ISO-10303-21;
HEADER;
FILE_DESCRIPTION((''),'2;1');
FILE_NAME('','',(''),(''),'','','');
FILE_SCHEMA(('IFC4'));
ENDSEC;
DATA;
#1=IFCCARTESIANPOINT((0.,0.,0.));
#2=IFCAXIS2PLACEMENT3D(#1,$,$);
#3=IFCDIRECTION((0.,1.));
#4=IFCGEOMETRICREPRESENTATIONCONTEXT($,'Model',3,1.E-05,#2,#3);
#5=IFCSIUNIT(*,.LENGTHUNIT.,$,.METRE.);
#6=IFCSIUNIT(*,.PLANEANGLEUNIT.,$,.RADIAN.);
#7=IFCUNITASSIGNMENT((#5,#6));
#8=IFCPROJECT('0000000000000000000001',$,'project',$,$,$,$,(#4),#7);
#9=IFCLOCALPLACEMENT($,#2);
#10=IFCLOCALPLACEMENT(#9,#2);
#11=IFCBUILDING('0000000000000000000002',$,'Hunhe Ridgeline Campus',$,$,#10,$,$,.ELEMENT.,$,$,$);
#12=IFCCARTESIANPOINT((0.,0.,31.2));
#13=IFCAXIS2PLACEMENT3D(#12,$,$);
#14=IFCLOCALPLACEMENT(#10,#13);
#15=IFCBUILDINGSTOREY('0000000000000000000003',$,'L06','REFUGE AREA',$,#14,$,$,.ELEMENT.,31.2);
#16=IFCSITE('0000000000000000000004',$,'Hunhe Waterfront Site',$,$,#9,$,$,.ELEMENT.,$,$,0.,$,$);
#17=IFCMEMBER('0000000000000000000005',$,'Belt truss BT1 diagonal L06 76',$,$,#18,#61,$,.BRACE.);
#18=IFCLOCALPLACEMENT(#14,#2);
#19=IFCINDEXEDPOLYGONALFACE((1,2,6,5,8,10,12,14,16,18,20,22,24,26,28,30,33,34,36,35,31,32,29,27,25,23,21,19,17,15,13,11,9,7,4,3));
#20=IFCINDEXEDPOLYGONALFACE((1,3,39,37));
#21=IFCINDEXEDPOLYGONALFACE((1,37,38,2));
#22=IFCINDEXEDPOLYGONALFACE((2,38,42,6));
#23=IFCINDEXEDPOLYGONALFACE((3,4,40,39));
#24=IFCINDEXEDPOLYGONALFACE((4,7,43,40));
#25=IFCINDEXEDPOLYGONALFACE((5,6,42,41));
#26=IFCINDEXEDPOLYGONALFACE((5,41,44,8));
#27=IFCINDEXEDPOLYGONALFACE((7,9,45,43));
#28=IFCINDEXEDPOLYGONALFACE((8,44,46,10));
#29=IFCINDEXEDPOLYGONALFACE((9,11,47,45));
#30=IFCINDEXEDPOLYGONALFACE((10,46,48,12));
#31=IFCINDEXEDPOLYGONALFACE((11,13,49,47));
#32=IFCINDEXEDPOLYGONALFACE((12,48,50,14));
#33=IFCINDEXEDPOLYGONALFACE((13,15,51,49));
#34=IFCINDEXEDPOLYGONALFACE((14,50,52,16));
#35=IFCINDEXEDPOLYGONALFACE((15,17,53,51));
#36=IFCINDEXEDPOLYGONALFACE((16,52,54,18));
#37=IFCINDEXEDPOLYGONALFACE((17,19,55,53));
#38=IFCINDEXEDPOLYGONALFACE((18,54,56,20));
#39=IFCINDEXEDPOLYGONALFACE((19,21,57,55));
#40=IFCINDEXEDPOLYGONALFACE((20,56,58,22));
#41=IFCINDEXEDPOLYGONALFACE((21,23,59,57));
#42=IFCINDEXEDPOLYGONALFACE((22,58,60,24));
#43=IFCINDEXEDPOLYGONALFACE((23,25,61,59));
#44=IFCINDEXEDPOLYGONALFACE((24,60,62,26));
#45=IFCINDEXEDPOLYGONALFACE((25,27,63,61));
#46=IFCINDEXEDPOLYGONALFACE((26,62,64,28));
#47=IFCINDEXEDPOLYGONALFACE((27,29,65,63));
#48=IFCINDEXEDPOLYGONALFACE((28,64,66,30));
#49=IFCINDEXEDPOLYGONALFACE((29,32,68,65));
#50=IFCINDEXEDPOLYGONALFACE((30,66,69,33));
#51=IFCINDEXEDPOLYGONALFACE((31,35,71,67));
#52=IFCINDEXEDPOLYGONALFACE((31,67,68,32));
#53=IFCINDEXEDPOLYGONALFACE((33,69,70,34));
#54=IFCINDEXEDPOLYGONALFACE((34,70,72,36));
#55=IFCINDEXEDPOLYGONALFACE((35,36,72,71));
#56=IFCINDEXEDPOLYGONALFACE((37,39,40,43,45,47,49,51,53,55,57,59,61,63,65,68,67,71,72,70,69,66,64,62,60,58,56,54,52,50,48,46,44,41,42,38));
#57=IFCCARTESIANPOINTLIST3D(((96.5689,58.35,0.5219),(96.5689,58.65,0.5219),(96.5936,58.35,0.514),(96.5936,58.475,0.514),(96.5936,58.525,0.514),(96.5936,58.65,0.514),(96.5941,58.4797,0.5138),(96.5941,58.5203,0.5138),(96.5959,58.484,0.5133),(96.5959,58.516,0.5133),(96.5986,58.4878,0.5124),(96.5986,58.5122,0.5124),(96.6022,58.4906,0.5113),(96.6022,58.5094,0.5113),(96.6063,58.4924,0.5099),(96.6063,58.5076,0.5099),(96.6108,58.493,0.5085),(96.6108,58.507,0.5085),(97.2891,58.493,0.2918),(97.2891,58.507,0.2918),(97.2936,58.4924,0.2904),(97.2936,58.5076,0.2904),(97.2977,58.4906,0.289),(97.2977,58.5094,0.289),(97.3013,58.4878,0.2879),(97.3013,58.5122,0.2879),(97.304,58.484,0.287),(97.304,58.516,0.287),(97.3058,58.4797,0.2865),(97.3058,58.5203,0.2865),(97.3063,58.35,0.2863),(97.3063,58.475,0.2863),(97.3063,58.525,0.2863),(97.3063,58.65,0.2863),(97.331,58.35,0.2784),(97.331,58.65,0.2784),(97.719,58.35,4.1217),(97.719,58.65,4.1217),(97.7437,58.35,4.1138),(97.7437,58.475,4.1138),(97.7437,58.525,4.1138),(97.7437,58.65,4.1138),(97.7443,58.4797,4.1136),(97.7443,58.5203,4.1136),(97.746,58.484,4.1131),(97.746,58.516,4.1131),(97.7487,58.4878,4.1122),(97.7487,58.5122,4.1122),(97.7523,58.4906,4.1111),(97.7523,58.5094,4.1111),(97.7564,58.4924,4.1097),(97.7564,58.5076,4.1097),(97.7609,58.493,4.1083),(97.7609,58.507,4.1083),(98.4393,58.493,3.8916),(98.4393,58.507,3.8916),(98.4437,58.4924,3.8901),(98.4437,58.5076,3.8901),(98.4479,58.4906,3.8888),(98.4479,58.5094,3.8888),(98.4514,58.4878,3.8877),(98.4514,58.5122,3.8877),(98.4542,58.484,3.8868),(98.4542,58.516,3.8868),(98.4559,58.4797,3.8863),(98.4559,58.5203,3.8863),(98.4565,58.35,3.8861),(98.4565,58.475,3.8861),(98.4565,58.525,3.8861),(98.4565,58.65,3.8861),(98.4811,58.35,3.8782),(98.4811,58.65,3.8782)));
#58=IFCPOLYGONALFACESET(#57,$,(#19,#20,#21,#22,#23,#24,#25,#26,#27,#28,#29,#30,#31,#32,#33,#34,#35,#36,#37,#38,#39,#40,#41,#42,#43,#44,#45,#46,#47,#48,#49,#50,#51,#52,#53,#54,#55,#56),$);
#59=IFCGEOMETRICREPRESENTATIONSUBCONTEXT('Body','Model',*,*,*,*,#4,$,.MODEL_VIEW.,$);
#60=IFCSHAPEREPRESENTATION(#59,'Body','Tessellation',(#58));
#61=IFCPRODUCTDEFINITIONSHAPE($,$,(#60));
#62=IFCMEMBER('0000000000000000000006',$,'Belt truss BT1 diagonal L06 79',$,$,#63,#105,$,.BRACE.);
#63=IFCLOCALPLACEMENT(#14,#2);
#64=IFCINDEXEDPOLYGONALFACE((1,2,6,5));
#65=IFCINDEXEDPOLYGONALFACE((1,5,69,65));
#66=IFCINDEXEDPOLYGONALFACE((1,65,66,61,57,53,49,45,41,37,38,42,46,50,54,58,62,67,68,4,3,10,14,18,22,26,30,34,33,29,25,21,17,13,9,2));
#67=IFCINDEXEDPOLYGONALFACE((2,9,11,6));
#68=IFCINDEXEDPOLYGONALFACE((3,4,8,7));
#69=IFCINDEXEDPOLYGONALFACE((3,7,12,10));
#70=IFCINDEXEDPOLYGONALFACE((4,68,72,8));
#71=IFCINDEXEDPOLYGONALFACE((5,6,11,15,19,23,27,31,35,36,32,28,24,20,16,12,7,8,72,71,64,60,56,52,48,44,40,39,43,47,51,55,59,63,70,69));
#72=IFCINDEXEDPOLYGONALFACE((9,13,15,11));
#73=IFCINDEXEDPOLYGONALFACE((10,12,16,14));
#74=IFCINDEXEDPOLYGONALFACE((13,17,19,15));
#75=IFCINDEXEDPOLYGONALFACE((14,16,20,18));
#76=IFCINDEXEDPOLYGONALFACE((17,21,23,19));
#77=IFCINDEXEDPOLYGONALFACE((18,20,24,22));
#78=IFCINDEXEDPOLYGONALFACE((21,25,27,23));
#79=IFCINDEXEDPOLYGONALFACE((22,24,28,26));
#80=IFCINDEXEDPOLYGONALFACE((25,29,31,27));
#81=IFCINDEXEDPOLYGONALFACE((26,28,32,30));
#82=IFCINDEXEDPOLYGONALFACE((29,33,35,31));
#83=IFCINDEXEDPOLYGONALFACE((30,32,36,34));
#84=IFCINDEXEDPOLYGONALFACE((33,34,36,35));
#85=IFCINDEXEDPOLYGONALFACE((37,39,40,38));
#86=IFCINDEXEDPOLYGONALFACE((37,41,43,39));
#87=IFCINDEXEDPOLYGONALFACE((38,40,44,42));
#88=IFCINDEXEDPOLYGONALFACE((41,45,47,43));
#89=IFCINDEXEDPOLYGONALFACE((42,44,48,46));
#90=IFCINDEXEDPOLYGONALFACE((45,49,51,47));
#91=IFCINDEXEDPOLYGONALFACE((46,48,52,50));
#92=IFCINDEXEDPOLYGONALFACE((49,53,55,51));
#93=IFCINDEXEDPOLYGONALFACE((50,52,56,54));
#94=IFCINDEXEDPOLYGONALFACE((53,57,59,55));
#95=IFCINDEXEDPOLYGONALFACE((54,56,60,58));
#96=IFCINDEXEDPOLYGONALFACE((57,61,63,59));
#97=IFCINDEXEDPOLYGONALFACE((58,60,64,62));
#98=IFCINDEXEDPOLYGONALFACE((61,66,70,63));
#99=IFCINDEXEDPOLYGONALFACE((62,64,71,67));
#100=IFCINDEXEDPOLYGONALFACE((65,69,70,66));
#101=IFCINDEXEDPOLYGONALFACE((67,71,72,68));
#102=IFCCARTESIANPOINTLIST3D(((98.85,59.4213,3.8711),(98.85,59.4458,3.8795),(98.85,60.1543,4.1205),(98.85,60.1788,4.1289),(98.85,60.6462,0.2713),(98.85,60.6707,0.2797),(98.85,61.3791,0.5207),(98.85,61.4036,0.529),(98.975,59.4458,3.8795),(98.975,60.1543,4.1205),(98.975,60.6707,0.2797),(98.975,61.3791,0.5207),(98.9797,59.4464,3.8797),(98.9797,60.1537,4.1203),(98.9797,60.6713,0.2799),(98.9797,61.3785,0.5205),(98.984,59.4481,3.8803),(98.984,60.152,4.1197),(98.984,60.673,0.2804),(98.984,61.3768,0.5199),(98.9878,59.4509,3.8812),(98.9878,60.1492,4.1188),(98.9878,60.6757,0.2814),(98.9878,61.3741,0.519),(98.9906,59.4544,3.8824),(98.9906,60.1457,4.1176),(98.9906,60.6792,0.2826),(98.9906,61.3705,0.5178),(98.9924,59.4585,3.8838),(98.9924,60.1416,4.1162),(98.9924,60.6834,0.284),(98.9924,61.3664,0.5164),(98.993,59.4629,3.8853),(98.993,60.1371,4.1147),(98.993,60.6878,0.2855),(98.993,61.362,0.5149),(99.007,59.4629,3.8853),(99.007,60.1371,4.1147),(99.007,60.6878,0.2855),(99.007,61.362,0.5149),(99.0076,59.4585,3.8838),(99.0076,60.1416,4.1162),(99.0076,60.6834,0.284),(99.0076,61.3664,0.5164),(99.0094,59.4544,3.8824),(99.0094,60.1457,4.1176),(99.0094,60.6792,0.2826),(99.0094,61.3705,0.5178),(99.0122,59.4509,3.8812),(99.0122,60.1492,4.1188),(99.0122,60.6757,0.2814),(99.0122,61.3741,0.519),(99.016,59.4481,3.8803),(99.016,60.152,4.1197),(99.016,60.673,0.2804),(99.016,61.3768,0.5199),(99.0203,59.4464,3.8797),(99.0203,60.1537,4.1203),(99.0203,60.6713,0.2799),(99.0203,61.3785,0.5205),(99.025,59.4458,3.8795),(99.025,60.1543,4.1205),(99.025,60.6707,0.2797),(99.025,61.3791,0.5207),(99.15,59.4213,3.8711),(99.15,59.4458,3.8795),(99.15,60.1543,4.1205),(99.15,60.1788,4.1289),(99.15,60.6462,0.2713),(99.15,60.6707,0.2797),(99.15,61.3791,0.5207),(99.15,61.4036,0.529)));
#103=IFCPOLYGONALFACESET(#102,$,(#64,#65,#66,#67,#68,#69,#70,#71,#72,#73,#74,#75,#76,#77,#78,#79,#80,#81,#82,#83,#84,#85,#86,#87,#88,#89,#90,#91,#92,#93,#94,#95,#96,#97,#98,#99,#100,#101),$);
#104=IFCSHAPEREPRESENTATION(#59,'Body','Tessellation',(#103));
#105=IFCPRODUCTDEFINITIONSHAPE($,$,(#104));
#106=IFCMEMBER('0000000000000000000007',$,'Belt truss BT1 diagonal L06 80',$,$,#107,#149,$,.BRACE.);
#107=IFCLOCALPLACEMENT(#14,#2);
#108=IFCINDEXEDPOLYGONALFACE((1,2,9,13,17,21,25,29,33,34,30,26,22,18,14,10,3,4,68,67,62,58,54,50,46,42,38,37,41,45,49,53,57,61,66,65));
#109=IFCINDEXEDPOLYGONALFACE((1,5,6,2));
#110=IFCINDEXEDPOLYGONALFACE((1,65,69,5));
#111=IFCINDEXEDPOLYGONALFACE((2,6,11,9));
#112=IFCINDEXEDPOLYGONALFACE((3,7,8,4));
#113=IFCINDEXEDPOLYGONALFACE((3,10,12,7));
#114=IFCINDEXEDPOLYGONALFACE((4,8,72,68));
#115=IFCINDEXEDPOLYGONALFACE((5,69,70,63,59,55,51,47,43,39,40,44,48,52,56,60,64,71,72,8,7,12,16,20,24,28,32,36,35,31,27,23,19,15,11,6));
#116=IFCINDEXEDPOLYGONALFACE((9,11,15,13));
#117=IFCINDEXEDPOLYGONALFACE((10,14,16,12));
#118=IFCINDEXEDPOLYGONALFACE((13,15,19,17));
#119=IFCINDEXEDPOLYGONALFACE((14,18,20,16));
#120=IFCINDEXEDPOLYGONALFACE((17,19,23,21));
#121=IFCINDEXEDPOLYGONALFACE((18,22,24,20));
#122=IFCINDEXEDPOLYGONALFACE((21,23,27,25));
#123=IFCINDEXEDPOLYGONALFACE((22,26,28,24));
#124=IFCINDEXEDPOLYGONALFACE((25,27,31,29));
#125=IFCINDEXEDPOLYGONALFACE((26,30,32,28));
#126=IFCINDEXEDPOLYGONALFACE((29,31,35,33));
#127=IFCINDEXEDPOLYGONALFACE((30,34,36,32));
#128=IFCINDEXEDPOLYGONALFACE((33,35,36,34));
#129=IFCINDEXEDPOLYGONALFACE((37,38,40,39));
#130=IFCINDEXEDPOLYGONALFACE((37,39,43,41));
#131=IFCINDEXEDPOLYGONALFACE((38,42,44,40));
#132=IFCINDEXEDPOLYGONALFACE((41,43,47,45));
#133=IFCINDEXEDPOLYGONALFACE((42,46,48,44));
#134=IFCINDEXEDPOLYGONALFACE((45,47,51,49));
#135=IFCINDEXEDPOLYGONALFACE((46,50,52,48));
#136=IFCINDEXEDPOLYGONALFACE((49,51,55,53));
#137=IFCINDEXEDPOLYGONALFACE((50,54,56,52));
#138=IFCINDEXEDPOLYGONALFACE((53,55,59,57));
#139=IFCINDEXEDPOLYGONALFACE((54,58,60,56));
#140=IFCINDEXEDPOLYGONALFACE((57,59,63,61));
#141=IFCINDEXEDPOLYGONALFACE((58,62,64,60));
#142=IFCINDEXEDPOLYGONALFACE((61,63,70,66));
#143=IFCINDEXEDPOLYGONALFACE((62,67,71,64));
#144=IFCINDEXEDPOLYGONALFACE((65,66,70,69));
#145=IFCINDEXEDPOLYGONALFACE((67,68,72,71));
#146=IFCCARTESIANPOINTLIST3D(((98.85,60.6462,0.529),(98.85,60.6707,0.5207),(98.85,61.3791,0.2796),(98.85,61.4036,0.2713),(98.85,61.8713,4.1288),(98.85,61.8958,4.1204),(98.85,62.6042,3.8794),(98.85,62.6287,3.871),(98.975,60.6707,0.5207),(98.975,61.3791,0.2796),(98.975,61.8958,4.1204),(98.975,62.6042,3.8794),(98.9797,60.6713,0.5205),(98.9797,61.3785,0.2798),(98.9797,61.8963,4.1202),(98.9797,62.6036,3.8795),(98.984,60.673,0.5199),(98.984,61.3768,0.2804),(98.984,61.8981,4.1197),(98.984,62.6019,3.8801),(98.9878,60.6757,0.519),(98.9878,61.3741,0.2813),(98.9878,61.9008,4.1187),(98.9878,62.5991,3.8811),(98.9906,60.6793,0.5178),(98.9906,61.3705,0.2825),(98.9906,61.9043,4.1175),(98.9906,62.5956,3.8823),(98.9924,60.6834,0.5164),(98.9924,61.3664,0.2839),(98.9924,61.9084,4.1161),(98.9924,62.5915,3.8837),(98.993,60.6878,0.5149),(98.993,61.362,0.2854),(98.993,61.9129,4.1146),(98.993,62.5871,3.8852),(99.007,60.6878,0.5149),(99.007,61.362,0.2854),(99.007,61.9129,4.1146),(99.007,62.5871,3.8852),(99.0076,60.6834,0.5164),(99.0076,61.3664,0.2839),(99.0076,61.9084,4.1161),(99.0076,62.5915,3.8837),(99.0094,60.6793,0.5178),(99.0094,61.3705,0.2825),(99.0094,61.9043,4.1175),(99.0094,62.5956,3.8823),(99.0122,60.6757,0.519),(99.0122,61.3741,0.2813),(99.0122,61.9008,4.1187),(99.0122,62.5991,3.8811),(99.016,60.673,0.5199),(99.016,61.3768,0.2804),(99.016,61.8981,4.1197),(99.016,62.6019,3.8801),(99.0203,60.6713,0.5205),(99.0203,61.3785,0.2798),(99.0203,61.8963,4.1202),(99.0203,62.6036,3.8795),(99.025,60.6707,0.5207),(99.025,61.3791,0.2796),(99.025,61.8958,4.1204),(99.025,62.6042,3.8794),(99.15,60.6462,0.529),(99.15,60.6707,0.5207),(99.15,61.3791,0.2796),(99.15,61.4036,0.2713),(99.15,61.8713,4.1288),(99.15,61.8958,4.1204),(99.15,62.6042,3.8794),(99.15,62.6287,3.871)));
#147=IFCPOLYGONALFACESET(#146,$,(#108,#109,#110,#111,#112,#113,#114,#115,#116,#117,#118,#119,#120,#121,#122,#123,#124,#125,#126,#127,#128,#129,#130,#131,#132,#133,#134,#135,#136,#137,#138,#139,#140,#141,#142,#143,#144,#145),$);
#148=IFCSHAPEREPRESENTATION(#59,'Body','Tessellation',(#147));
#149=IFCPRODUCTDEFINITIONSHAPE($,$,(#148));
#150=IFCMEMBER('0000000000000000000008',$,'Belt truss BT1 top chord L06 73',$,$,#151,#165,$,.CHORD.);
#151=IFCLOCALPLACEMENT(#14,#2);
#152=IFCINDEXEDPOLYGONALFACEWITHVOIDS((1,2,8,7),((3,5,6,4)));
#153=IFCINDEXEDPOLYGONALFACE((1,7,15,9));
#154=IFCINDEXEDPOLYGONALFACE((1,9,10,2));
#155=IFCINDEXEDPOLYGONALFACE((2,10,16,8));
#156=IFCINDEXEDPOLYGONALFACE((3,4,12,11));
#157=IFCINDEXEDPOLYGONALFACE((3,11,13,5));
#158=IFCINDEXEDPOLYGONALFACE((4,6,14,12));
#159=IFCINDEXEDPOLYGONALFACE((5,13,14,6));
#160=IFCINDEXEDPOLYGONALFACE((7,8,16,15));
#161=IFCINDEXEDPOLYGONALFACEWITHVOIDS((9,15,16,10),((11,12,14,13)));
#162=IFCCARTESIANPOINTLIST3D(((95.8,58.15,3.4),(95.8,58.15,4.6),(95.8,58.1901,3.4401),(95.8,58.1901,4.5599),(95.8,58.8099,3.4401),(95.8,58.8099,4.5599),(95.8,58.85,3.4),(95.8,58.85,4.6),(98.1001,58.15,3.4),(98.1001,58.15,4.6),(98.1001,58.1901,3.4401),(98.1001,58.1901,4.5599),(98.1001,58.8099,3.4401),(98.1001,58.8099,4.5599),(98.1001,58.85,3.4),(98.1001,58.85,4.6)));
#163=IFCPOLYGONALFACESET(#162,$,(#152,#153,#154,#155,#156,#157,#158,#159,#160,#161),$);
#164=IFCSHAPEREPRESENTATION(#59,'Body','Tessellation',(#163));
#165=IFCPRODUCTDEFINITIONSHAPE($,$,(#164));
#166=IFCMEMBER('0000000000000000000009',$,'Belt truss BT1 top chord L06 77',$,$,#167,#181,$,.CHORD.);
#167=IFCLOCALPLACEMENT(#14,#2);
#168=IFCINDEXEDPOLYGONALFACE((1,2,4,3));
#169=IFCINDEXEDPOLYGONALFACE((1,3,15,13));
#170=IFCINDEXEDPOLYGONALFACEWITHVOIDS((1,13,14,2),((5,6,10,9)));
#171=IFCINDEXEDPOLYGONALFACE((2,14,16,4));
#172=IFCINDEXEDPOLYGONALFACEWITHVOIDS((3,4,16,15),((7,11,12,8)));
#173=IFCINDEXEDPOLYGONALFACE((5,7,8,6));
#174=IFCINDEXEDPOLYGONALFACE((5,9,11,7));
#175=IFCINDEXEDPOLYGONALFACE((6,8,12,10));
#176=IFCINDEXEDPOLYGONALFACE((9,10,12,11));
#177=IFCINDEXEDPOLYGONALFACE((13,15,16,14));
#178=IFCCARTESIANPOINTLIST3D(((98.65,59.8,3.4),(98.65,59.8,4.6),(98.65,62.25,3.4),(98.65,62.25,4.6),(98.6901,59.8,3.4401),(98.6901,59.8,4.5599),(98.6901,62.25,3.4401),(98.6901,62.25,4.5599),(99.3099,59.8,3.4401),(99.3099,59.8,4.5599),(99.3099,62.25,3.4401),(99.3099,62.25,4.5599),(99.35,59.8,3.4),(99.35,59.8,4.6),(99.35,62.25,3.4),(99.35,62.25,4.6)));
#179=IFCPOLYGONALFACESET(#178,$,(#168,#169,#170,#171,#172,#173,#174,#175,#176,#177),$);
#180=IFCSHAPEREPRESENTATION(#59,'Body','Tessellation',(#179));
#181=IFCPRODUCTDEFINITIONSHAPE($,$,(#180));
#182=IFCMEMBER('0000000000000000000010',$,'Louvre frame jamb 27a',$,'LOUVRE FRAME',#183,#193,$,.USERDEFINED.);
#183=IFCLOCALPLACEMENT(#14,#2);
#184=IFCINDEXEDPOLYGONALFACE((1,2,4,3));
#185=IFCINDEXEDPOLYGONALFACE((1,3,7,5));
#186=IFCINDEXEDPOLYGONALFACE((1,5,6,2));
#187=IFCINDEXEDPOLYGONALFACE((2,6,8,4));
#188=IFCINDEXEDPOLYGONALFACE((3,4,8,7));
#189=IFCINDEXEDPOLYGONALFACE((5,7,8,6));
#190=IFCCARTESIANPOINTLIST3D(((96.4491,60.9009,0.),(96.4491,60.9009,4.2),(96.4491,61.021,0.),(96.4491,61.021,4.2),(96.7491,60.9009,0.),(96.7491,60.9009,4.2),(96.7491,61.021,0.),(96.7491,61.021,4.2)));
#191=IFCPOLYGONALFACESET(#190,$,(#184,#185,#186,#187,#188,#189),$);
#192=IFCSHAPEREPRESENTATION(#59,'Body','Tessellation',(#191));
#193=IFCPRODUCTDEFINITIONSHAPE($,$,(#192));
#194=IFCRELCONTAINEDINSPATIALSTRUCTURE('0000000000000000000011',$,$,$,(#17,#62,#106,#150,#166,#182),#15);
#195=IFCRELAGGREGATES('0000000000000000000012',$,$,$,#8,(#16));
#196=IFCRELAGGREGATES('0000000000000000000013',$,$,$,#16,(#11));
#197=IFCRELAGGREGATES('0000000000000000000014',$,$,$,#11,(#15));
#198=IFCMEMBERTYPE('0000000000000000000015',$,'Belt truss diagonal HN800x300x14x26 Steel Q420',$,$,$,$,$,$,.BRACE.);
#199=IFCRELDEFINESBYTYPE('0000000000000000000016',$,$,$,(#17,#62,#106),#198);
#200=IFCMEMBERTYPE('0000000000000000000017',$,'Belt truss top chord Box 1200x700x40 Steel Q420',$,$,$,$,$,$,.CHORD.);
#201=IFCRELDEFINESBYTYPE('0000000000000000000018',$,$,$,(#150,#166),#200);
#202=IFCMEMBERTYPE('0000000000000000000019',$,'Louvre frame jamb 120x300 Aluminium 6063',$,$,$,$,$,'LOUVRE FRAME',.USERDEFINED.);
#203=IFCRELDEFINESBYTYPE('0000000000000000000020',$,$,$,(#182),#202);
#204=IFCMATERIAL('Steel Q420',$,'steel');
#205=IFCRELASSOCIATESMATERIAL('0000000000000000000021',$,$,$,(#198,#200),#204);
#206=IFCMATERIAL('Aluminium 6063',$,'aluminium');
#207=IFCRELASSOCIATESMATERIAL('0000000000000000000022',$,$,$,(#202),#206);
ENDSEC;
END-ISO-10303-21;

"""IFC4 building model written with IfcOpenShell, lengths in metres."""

from ifc_helpers import new_model, si_unit, direction, frame, origin, origin_2d, place, context, subcontext, project, spatial, rectangle, hollow_rectangle, i_section, extrude, material, material_profile, profile_set, type_object, element, save


model = new_model("IFC4")

# Units and contexts
model_context = context("Model", 3, precision=1e-05, world=origin(), true_north=direction((0.0, 1.0)))
body_context = subcontext(model_context, "Body", "Model", "MODEL_VIEW")
ifc_project = project(units=[si_unit("LENGTHUNIT", "METRE"), si_unit("PLANEANGLEUNIT", "RADIAN")], contexts=[model_context])

# Site, building, storey
site_placement = place(None, origin())
site = spatial("IfcSite", under=ifc_project, at=site_placement, Name="Hunhe Waterfront Site", CompositionType="ELEMENT", RefElevation=0.0)
building_placement = place(site_placement, origin())
building = spatial("IfcBuilding", under=site, at=building_placement, Name="Hunhe Ridgeline Campus", CompositionType="ELEMENT")
storey_placement = place(building_placement, frame((0.0, 0.0, 31.2)))
storey = spatial("IfcBuildingStorey", under=building, at=storey_placement, Name="L06", Description="REFUGE AREA", CompositionType="ELEMENT", Elevation=31.2)

# Members
ifc_material_1 = material(Name="Steel Q420", Category="steel")
ifc_material_profile_1 = material_profile(ifc_material_1, i_section(OverallWidth=0.3, OverallDepth=0.8, WebThickness=0.0139, FlangeThickness=0.0259, FilletRadius=0.0181, at=origin_2d()))
ifc_profile_set_1 = profile_set([ifc_material_profile_1], Name="Steel Q420")
member_type_1 = type_object("IfcMemberType", Name="Belt truss diagonal HN800x300x14x26 Steel Q420", PredefinedType="BRACE", material=ifc_profile_set_1)
for number, where, z_axis, x_axis, name in (
    (1, (96.95, 58.5, 0.4001), (0.304342, 0.0, 0.952563), (0.0, 1.0, 0.0), "Belt truss BT1 diagonal L06 76"),
):
    element("IfcMember", number, at=place(storey_placement, frame(where, z_axis=z_axis, x_axis=x_axis)), inside=storey, type_object=member_type_1, Name=name, PredefinedType="BRACE", context=body_context, shape_type="SweptSolid", body=[
        extrude(i_section(OverallWidth=0.3, OverallDepth=0.8, WebThickness=0.0139, FlangeThickness=0.0259, FilletRadius=0.0181, at=origin_2d()), origin(), (0.0, 0.0, 1.0), 3.7791),
    ])
for number, where, z_axis, x_axis, name in (
    (2, (99.0, 59.8, 4.0), (0.0, 0.322116, -0.9467), (-1.0, 0.0, 0.0), "Belt truss BT1 diagonal L06 79"),
    (3, (99.0, 61.0249, 0.4001), (0.0, 0.322173, 0.946681), (-1.0, 0.0, 0.0), "Belt truss BT1 diagonal L06 80"),
):
    element("IfcMember", number, at=place(storey_placement, frame(where, z_axis=z_axis, x_axis=x_axis)), inside=storey, type_object=member_type_1, Name=name, PredefinedType="BRACE", context=body_context, shape_type="SweptSolid", body=[
        extrude(i_section(OverallWidth=0.3, OverallDepth=0.8, WebThickness=0.0139, FlangeThickness=0.0259, FilletRadius=0.0181, at=origin_2d()), origin(), (0.0, 0.0, 1.0), 3.8025),
    ])
ifc_material_profile_2 = material_profile(ifc_material_1, hollow_rectangle(XDim=0.7, YDim=1.2, WallThickness=0.04, at=origin_2d()))
ifc_profile_set_2 = profile_set([ifc_material_profile_2], Name="Steel Q420")
member_type_2 = type_object("IfcMemberType", Name="Belt truss top chord Box 1200x700x40 Steel Q420", PredefinedType="CHORD", material=ifc_profile_set_2)
member_1_placement = place(storey_placement, frame((95.8, 58.5, 4.0), z_axis=(1.0, 0.0, 0.0), x_axis=(0.0, 1.0, 0.0)))
element("IfcMember", 4, at=member_1_placement, inside=storey, type_object=member_type_2, Name="Belt truss BT1 top chord L06 73", PredefinedType="CHORD", context=body_context, shape_type="SweptSolid", body=[
    extrude(hollow_rectangle(XDim=0.7, YDim=1.2, WallThickness=0.04, at=origin_2d()), origin(), (0.0, 0.0, 1.0), 2.3),
])
member_2_placement = place(storey_placement, frame((99.0, 59.8, 4.0), z_axis=(0.0, 1.0, 0.0), x_axis=(-1.0, 0.0, 0.0)))
element("IfcMember", 5, at=member_2_placement, inside=storey, type_object=member_type_2, Name="Belt truss BT1 top chord L06 77", PredefinedType="CHORD", context=body_context, shape_type="SweptSolid", body=[
    extrude(hollow_rectangle(XDim=0.7, YDim=1.2, WallThickness=0.04, at=origin_2d()), origin(), (0.0, 0.0, 1.0), 2.45),
])
ifc_material_2 = material(Name="Aluminium 6063", Category="aluminium")
ifc_material_profile_3 = material_profile(ifc_material_2, rectangle(XDim=0.3, YDim=0.1201, at=origin_2d()))
ifc_profile_set_3 = profile_set([ifc_material_profile_3], Name="Aluminium 6063")
member_type_3 = type_object("IfcMemberType", Name="Louvre frame jamb 120x300 Aluminium 6063", ElementType="LOUVRE FRAME", PredefinedType="USERDEFINED", material=ifc_profile_set_3)
member_3_placement = place(storey_placement, frame((96.5991, 60.9609, 0.0), z_axis=(0.0, 0.0, 1.0), x_axis=(-1.0, 0.0, 0.0)))
element("IfcMember", 6, at=member_3_placement, inside=storey, type_object=member_type_3, Name="Louvre frame jamb 27a", ObjectType="LOUVRE FRAME", PredefinedType="USERDEFINED", context=body_context, shape_type="SweptSolid", body=[
    extrude(rectangle(XDim=0.3, YDim=0.1201, at=origin_2d()), origin(), (0.0, 0.0, 1.0), 4.2),
])

save(model, "model.ifc")
